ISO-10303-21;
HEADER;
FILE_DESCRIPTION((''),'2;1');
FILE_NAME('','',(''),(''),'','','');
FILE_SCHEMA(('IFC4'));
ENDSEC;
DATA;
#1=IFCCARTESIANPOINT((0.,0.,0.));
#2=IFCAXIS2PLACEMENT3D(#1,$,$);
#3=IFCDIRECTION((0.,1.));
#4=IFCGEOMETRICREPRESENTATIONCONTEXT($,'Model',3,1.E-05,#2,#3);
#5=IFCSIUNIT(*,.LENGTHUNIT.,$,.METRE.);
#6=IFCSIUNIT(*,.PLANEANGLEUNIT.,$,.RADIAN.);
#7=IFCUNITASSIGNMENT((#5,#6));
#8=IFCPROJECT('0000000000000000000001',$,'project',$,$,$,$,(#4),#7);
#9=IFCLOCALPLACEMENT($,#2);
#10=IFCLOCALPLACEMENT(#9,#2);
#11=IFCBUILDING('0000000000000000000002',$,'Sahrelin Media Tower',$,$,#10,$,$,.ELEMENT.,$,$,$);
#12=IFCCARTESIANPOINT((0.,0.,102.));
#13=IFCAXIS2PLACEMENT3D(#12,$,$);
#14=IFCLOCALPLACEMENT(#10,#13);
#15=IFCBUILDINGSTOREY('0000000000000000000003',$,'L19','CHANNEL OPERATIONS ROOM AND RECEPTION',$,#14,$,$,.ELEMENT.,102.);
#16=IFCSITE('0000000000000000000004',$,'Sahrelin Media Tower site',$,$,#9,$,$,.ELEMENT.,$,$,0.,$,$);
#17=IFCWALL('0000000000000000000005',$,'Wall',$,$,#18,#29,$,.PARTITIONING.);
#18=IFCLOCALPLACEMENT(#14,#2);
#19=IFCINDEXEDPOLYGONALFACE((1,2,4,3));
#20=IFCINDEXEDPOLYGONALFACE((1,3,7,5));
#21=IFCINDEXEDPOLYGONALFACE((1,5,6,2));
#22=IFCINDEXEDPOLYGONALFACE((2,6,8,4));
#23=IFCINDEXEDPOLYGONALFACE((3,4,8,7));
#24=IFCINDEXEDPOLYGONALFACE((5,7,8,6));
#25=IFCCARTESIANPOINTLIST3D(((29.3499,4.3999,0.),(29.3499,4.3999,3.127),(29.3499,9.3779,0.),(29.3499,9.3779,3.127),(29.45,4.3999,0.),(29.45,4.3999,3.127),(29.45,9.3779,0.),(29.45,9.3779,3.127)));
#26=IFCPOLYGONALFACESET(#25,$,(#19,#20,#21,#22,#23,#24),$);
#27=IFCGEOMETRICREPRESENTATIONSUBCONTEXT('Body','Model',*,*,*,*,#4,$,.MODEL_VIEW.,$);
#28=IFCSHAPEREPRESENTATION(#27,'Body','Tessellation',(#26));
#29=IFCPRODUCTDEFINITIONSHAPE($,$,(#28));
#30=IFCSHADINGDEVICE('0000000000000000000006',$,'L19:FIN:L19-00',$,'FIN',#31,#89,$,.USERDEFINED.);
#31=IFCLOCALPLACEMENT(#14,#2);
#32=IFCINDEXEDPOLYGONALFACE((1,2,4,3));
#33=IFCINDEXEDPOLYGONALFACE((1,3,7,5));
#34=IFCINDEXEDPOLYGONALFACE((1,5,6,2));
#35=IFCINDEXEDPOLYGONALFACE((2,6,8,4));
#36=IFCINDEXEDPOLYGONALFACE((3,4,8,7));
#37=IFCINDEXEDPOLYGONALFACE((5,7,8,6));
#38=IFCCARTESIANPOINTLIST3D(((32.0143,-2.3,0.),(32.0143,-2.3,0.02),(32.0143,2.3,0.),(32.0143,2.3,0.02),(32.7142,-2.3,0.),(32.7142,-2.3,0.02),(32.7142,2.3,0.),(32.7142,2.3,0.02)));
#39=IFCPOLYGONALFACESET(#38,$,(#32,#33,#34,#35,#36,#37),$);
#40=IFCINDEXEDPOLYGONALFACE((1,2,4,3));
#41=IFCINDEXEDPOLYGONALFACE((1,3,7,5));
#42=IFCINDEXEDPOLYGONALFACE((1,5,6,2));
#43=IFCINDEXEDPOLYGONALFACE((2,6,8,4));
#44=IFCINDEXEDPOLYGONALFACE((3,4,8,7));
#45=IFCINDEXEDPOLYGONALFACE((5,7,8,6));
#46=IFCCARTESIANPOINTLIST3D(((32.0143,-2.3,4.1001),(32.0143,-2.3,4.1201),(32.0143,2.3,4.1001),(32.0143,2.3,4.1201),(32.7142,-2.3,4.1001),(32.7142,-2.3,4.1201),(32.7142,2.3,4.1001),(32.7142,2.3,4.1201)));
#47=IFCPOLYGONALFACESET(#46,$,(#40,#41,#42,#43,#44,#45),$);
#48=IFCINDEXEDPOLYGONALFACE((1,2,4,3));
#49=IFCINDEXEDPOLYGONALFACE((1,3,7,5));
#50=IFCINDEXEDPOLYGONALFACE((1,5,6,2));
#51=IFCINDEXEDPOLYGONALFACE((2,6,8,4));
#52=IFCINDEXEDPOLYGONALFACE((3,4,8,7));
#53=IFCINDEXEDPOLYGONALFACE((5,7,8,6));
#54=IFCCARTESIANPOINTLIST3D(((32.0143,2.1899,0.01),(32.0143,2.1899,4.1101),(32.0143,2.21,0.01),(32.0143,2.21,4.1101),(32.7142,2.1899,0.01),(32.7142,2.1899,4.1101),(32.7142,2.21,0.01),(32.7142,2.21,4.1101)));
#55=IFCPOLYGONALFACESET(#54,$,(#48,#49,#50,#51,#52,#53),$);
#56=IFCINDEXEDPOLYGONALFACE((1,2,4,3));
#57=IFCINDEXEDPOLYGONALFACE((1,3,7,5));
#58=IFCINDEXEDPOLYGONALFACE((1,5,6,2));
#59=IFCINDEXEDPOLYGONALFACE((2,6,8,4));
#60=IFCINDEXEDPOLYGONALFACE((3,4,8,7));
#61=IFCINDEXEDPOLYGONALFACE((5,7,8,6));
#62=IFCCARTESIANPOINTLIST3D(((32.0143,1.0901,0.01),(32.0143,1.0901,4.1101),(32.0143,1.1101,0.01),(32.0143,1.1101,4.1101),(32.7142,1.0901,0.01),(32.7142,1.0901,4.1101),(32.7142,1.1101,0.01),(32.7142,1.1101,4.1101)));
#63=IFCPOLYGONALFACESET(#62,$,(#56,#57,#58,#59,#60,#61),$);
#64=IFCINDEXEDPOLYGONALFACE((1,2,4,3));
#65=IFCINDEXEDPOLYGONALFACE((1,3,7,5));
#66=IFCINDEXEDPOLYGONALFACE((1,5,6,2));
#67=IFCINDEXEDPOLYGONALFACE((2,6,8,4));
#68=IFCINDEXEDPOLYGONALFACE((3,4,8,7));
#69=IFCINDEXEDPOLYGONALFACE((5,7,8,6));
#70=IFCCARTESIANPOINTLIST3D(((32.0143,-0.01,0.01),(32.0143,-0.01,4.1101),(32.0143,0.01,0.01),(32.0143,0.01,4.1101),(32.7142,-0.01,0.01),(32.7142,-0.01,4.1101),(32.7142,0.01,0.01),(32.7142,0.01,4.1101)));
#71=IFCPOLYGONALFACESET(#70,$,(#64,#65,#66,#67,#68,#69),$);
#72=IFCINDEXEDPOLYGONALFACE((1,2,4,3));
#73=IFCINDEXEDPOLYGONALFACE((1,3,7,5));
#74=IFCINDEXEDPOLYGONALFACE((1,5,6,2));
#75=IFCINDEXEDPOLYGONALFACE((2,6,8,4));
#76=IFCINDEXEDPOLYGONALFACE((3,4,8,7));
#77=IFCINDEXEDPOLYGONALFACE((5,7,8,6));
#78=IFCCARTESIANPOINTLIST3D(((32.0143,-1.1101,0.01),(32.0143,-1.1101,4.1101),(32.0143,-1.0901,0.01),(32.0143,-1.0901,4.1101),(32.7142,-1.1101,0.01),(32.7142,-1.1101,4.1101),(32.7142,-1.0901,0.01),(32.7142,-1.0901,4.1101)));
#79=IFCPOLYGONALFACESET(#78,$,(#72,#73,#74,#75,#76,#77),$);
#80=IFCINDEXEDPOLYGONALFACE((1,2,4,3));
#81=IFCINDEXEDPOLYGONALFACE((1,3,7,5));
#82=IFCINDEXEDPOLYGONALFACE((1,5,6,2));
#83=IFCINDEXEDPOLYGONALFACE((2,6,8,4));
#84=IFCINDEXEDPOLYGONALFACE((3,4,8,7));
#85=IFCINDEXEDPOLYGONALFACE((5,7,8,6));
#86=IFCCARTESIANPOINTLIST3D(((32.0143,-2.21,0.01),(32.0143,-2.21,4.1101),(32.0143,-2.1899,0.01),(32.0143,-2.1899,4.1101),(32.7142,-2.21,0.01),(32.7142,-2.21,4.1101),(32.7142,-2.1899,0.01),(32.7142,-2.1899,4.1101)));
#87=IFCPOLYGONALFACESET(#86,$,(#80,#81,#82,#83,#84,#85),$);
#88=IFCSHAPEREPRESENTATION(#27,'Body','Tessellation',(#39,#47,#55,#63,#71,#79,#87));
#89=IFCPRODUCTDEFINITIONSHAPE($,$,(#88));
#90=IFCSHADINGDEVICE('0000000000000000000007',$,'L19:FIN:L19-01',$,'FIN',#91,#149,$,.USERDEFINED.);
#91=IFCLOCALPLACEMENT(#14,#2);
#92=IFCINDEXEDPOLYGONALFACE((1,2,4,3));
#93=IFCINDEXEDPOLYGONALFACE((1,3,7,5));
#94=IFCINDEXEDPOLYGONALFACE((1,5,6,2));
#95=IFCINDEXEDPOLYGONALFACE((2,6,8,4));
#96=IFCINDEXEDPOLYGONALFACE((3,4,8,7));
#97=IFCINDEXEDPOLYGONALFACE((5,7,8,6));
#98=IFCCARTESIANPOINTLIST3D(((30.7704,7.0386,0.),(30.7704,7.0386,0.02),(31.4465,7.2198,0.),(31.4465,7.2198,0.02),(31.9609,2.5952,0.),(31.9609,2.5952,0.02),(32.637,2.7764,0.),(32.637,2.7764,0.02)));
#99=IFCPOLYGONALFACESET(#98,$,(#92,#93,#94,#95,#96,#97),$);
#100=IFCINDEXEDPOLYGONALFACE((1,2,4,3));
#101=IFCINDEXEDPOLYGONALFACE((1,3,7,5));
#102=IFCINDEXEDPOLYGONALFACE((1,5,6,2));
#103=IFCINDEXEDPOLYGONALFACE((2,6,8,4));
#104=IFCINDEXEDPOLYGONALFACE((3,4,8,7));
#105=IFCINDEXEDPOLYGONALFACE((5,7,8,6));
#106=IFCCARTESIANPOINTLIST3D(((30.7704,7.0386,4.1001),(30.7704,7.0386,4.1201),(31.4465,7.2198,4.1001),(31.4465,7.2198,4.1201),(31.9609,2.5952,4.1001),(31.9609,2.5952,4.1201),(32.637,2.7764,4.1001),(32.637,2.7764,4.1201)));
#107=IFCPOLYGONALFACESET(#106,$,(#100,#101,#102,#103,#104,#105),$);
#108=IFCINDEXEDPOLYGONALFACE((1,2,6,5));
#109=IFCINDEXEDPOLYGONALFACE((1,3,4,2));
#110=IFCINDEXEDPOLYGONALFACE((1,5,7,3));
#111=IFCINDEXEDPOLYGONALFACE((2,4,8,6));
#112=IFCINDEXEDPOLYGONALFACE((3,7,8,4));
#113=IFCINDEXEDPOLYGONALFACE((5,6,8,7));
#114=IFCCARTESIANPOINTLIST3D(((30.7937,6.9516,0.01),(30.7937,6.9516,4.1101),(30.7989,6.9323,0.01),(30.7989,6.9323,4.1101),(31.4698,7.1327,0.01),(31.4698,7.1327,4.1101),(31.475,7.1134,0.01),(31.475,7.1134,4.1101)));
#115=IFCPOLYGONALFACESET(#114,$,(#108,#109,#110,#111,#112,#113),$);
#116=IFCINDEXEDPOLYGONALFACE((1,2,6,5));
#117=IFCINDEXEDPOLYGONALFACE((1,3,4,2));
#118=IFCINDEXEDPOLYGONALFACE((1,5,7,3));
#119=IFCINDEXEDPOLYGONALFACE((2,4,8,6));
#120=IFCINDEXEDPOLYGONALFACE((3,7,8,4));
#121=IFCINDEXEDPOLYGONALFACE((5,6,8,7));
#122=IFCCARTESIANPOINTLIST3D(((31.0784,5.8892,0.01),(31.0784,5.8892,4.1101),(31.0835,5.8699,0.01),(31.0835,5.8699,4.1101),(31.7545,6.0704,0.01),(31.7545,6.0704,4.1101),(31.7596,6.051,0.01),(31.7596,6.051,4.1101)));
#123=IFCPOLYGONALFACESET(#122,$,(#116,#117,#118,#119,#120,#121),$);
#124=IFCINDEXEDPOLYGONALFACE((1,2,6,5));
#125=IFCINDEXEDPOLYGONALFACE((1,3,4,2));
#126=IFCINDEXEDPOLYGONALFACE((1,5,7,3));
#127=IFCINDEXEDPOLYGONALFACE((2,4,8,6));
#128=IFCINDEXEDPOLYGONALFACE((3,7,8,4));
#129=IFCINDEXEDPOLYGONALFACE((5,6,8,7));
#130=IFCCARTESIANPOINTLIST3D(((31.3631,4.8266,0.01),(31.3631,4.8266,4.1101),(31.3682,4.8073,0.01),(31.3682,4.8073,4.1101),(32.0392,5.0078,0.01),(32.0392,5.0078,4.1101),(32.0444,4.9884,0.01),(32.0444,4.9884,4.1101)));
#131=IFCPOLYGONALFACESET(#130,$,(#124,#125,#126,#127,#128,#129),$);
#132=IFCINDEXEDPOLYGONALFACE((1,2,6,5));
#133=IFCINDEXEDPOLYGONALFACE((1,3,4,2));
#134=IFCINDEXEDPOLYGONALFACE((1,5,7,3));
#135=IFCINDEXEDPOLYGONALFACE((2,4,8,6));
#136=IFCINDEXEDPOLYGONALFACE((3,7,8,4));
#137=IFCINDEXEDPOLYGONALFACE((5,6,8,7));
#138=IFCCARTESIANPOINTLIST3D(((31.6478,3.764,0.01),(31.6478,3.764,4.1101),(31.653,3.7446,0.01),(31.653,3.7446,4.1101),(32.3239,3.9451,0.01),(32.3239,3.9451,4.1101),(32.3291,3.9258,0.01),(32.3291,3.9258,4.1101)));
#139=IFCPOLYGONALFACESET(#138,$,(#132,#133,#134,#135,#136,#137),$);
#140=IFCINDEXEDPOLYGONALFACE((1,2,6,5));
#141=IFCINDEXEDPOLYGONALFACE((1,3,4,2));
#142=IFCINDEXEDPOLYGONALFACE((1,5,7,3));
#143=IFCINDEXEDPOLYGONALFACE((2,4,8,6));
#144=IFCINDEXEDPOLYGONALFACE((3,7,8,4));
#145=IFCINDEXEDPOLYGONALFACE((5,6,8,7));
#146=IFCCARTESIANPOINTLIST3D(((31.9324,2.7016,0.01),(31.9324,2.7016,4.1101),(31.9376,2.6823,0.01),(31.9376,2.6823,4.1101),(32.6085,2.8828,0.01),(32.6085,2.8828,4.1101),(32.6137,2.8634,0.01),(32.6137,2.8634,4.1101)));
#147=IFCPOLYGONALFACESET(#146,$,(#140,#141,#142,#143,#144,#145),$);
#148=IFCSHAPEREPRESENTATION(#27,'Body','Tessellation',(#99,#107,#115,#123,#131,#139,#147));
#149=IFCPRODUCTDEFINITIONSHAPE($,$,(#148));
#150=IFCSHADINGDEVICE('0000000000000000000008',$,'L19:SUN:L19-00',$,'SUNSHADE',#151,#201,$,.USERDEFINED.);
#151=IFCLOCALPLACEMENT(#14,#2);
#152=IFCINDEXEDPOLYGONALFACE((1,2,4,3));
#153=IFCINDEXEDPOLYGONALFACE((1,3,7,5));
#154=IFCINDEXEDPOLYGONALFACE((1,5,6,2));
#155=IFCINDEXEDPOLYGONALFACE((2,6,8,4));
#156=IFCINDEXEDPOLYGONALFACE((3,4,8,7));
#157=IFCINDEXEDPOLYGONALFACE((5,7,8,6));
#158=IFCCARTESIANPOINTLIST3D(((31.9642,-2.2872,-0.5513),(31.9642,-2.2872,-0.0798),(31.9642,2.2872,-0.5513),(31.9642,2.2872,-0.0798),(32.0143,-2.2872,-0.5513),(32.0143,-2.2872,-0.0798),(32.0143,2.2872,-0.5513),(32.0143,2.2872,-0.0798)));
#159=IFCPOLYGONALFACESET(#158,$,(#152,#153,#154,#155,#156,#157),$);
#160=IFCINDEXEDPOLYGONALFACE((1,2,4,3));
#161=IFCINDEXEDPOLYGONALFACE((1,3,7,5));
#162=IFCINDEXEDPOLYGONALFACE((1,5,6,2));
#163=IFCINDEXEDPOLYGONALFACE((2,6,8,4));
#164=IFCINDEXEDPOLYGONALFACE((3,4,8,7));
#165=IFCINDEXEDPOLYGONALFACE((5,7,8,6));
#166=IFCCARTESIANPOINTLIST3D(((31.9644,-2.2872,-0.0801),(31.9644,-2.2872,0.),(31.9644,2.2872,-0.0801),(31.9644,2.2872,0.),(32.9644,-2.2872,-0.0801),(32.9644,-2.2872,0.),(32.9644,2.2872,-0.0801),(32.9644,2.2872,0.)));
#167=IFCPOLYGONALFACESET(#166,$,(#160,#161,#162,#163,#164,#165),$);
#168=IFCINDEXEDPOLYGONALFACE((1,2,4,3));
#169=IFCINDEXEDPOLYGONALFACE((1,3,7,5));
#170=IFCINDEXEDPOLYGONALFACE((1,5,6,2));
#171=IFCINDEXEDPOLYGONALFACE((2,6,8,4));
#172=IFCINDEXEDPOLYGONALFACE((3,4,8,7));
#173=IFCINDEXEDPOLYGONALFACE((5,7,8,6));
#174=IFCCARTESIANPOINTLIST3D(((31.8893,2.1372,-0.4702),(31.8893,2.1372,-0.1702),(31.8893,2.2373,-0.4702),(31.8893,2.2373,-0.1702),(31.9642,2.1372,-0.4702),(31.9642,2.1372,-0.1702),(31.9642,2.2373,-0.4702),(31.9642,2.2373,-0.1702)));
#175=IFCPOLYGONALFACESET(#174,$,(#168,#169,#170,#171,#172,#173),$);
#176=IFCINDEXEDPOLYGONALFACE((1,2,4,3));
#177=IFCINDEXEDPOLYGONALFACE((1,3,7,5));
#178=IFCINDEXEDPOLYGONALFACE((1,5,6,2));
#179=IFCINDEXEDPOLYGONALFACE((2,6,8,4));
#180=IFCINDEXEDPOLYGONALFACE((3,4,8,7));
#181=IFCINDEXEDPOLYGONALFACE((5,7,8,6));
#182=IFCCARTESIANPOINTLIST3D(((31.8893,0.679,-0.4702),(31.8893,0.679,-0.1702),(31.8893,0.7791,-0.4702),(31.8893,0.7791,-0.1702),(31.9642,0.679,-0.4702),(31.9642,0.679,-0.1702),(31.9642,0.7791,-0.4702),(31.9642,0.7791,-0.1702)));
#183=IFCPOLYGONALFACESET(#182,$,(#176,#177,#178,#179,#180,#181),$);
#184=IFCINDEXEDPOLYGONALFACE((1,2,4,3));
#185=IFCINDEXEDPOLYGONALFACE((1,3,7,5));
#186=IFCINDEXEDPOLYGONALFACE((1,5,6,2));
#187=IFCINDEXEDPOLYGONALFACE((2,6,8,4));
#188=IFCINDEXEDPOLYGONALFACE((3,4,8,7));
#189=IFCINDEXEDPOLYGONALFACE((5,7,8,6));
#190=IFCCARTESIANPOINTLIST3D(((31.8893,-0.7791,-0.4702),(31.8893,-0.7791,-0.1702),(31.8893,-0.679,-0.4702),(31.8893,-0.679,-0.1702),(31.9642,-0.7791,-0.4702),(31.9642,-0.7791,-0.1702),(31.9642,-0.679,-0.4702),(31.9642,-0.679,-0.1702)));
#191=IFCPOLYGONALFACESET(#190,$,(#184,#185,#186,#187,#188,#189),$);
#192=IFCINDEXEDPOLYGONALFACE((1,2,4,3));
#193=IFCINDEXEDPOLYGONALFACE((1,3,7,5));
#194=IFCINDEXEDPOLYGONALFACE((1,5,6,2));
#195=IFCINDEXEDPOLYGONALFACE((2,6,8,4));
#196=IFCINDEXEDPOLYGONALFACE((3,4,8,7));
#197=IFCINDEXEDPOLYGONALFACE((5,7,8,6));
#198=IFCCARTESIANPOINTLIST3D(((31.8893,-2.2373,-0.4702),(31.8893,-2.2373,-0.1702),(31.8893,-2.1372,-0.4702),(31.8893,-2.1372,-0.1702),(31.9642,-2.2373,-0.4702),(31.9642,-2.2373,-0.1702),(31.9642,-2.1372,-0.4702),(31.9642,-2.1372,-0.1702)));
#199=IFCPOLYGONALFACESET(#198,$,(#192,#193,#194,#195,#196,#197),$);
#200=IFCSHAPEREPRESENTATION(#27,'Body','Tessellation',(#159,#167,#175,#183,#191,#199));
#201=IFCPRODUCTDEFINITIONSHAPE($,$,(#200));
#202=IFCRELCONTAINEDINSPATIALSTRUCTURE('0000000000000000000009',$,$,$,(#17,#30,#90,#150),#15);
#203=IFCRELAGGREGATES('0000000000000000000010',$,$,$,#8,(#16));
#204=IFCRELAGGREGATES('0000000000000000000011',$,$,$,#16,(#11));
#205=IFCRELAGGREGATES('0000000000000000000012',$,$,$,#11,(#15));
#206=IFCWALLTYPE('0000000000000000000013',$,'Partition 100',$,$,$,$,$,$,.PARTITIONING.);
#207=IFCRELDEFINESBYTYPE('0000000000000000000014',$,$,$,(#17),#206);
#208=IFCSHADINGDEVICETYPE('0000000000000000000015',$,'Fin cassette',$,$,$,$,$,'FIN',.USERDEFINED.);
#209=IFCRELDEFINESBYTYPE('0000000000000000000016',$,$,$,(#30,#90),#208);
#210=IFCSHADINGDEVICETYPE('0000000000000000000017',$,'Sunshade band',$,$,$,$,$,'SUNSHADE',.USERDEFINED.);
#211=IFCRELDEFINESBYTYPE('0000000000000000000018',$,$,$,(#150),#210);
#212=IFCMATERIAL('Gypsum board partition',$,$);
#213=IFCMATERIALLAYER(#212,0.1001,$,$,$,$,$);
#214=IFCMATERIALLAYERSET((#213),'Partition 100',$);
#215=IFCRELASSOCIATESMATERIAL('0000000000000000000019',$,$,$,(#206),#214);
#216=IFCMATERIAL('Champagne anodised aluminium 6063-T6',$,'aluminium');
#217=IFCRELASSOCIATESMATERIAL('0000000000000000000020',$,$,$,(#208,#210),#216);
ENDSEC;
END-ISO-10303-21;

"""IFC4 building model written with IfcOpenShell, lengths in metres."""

from ifc_helpers import new_model, si_unit, direction, frame, frame_2d, origin, origin_2d, place, context, subcontext, project, spatial, rectangle, extrude, material, layer, layer_set, type_object, element, save


model = new_model("IFC4")

# Units and contexts
model_context = context("Model", 3, precision=1e-05, world=origin(), true_north=direction((0.0, 1.0)))
body_context = subcontext(model_context, "Body", "Model", "MODEL_VIEW")
ifc_project = project(units=[si_unit("LENGTHUNIT", "METRE"), si_unit("PLANEANGLEUNIT", "RADIAN")], contexts=[model_context])

# Site, building, storey
site_placement = place(None, origin())
site = spatial("IfcSite", under=ifc_project, at=site_placement, Name="Sahrelin Media Tower site", CompositionType="ELEMENT", RefElevation=0.0)
building_placement = place(site_placement, origin())
building = spatial("IfcBuilding", under=site, at=building_placement, Name="Sahrelin Media Tower", CompositionType="ELEMENT")
storey_placement = place(building_placement, frame((0.0, 0.0, 102.0)))
storey = spatial("IfcBuildingStorey", under=building, at=storey_placement, Name="L19", Description="CHANNEL OPERATIONS ROOM AND RECEPTION", CompositionType="ELEMENT", Elevation=102.0)

# Shared definitions
ifc_material_1 = material(Name="Champagne anodised aluminium 6063-T6", Category="aluminium")

# Shared definitions
ifc_material_2 = material(Name="Gypsum board partition")
ifc_layer_1 = layer(ifc_material_2, 0.1001)
ifc_layer_set_1 = layer_set([ifc_layer_1], Name="Partition 100")
wall_type_1 = type_object("IfcWallType", Name="Partition 100", PredefinedType="PARTITIONING", material=ifc_layer_set_1)

# Wall
wall_1_placement = place(storey_placement, frame((29.3999, 4.3999, 0.0), z_axis=(0.0, 0.0, 1.0), x_axis=(0.0, 1.0, 0.0)))
element("IfcWall", 1, at=wall_1_placement, inside=storey, type_object=wall_type_1, Name="Wall", PredefinedType="PARTITIONING", context=body_context, shape_type="SweptSolid", body=[
    extrude(rectangle(XDim=4.978, YDim=0.1001, at=frame_2d((2.489, 0.0))), origin(), (0.0, 0.0, 1.0), 3.127),
])

# Shading devices
shading_device_type_1 = type_object("IfcShadingDeviceType", Name="Fin cassette", ElementType="FIN", PredefinedType="USERDEFINED", material=ifc_material_1)
placement_1 = place(storey_placement, frame((31.9443, 0.0, 0.0), z_axis=(0.0, 0.0, 1.0), x_axis=(0.0, -1.0, 0.0)))
element("IfcShadingDevice", 2, at=placement_1, inside=storey, type_object=shading_device_type_1, Name="L19:FIN:L19-00", ObjectType="FIN", PredefinedType="USERDEFINED", context=body_context, shape_type="SweptSolid", body=[
    extrude(rectangle(XDim=4.6001, YDim=0.7, at=origin_2d()), frame((0.0, 0.4199, 0.0)), (0.0, 0.0, 1.0), 0.02),
    extrude(rectangle(XDim=4.6001, YDim=0.7, at=origin_2d()), frame((0.0, 0.4199, 4.1001)), (0.0, 0.0, 1.0), 0.02),
    extrude(rectangle(XDim=0.02, YDim=0.7, at=origin_2d()), frame((-2.2, 0.4199, 0.01), z_axis=(0.0, 0.0, 1.0), x_axis=(1.0, 0.0, 0.0)), (0.0, 0.0, 1.0), 4.1001),
    extrude(rectangle(XDim=0.02, YDim=0.7, at=origin_2d()), frame((-1.1001, 0.4199, 0.01), z_axis=(0.0, 0.0, 1.0), x_axis=(1.0, 0.0, 0.0)), (0.0, 0.0, 1.0), 4.1001),
    extrude(rectangle(XDim=0.02, YDim=0.7, at=origin_2d()), frame((0.0, 0.4199, 0.01), z_axis=(0.0, 0.0, 1.0), x_axis=(1.0, 0.0, 0.0)), (0.0, 0.0, 1.0), 4.1001),
    extrude(rectangle(XDim=0.02, YDim=0.7, at=origin_2d()), frame((1.1001, 0.4199, 0.01), z_axis=(0.0, 0.0, 1.0), x_axis=(1.0, 0.0, 0.0)), (0.0, 0.0, 1.0), 4.1001),
    extrude(rectangle(XDim=0.02, YDim=0.7, at=origin_2d()), frame((2.2, 0.4199, 0.01), z_axis=(0.0, 0.0, 1.0), x_axis=(1.0, 0.0, 0.0)), (0.0, 0.0, 1.0), 4.1001),
])
placement_2 = place(storey_placement, frame((31.2981, 4.7988, 0.0), z_axis=(0.0, 0.0, 1.0), x_axis=(0.258808, -0.965929, 0.0)))
element("IfcShadingDevice", 3, at=placement_2, inside=storey, type_object=shading_device_type_1, Name="L19:FIN:L19-01", ObjectType="FIN", PredefinedType="USERDEFINED", context=body_context, shape_type="SweptSolid", body=[
    extrude(rectangle(XDim=4.6001, YDim=0.7, at=origin_2d()), frame((0.0, 0.4199, 0.0)), (0.0, 0.0, 1.0), 0.02),
    extrude(rectangle(XDim=4.6001, YDim=0.7, at=origin_2d()), frame((0.0, 0.4199, 4.1001)), (0.0, 0.0, 1.0), 0.02),
    extrude(rectangle(XDim=0.02, YDim=0.7, at=origin_2d()), frame((-2.2, 0.4199, 0.01), z_axis=(0.0, 0.0, 1.0), x_axis=(1.0, 0.0, 0.0)), (0.0, 0.0, 1.0), 4.1001),
    extrude(rectangle(XDim=0.02, YDim=0.7, at=origin_2d()), frame((-1.1001, 0.4199, 0.01), z_axis=(0.0, 0.0, 1.0), x_axis=(1.0, 0.0, 0.0)), (0.0, 0.0, 1.0), 4.1001),
    extrude(rectangle(XDim=0.02, YDim=0.7, at=origin_2d()), frame((0.0, 0.4199, 0.01), z_axis=(0.0, 0.0, 1.0), x_axis=(1.0, 0.0, 0.0)), (0.0, 0.0, 1.0), 4.1001),
    extrude(rectangle(XDim=0.02, YDim=0.7, at=origin_2d()), frame((1.1001, 0.4199, 0.01), z_axis=(0.0, 0.0, 1.0), x_axis=(1.0, 0.0, 0.0)), (0.0, 0.0, 1.0), 4.1001),
    extrude(rectangle(XDim=0.02, YDim=0.7, at=origin_2d()), frame((2.2, 0.4199, 0.01), z_axis=(0.0, 0.0, 1.0), x_axis=(1.0, 0.0, 0.0)), (0.0, 0.0, 1.0), 4.1001),
])
shading_device_type_2 = type_object("IfcShadingDeviceType", Name="Sunshade band", ElementType="SUNSHADE", PredefinedType="USERDEFINED", material=ifc_material_1)
element("IfcShadingDevice", 4, at=placement_1, inside=storey, type_object=shading_device_type_2, Name="L19:SUN:L19-00", ObjectType="SUNSHADE", PredefinedType="USERDEFINED", context=body_context, shape_type="SweptSolid", body=[
    extrude(rectangle(XDim=4.5745, YDim=0.05, at=origin_2d()), frame((0.0, 0.0449, -0.5513)), (0.0, 0.0, 1.0), 0.4714),
    extrude(rectangle(XDim=4.5745, YDim=1.0, at=origin_2d()), frame((0.0, 0.52, -0.0801)), (0.0, 0.0, 1.0), 0.0801),
    extrude(rectangle(XDim=0.1001, YDim=0.075, at=origin_2d()), frame((-2.1873, -0.0176, -0.4702)), (0.0, 0.0, 1.0), 0.3),
    extrude(rectangle(XDim=0.1001, YDim=0.075, at=origin_2d()), frame((-0.729, -0.0176, -0.4702)), (0.0, 0.0, 1.0), 0.3),
    extrude(rectangle(XDim=0.1001, YDim=0.075, at=origin_2d()), frame((0.729, -0.0176, -0.4702)), (0.0, 0.0, 1.0), 0.3),
    extrude(rectangle(XDim=0.1001, YDim=0.075, at=origin_2d()), frame((2.1873, -0.0176, -0.4702)), (0.0, 0.0, 1.0), 0.3),
])

save(model, "model.ifc")
